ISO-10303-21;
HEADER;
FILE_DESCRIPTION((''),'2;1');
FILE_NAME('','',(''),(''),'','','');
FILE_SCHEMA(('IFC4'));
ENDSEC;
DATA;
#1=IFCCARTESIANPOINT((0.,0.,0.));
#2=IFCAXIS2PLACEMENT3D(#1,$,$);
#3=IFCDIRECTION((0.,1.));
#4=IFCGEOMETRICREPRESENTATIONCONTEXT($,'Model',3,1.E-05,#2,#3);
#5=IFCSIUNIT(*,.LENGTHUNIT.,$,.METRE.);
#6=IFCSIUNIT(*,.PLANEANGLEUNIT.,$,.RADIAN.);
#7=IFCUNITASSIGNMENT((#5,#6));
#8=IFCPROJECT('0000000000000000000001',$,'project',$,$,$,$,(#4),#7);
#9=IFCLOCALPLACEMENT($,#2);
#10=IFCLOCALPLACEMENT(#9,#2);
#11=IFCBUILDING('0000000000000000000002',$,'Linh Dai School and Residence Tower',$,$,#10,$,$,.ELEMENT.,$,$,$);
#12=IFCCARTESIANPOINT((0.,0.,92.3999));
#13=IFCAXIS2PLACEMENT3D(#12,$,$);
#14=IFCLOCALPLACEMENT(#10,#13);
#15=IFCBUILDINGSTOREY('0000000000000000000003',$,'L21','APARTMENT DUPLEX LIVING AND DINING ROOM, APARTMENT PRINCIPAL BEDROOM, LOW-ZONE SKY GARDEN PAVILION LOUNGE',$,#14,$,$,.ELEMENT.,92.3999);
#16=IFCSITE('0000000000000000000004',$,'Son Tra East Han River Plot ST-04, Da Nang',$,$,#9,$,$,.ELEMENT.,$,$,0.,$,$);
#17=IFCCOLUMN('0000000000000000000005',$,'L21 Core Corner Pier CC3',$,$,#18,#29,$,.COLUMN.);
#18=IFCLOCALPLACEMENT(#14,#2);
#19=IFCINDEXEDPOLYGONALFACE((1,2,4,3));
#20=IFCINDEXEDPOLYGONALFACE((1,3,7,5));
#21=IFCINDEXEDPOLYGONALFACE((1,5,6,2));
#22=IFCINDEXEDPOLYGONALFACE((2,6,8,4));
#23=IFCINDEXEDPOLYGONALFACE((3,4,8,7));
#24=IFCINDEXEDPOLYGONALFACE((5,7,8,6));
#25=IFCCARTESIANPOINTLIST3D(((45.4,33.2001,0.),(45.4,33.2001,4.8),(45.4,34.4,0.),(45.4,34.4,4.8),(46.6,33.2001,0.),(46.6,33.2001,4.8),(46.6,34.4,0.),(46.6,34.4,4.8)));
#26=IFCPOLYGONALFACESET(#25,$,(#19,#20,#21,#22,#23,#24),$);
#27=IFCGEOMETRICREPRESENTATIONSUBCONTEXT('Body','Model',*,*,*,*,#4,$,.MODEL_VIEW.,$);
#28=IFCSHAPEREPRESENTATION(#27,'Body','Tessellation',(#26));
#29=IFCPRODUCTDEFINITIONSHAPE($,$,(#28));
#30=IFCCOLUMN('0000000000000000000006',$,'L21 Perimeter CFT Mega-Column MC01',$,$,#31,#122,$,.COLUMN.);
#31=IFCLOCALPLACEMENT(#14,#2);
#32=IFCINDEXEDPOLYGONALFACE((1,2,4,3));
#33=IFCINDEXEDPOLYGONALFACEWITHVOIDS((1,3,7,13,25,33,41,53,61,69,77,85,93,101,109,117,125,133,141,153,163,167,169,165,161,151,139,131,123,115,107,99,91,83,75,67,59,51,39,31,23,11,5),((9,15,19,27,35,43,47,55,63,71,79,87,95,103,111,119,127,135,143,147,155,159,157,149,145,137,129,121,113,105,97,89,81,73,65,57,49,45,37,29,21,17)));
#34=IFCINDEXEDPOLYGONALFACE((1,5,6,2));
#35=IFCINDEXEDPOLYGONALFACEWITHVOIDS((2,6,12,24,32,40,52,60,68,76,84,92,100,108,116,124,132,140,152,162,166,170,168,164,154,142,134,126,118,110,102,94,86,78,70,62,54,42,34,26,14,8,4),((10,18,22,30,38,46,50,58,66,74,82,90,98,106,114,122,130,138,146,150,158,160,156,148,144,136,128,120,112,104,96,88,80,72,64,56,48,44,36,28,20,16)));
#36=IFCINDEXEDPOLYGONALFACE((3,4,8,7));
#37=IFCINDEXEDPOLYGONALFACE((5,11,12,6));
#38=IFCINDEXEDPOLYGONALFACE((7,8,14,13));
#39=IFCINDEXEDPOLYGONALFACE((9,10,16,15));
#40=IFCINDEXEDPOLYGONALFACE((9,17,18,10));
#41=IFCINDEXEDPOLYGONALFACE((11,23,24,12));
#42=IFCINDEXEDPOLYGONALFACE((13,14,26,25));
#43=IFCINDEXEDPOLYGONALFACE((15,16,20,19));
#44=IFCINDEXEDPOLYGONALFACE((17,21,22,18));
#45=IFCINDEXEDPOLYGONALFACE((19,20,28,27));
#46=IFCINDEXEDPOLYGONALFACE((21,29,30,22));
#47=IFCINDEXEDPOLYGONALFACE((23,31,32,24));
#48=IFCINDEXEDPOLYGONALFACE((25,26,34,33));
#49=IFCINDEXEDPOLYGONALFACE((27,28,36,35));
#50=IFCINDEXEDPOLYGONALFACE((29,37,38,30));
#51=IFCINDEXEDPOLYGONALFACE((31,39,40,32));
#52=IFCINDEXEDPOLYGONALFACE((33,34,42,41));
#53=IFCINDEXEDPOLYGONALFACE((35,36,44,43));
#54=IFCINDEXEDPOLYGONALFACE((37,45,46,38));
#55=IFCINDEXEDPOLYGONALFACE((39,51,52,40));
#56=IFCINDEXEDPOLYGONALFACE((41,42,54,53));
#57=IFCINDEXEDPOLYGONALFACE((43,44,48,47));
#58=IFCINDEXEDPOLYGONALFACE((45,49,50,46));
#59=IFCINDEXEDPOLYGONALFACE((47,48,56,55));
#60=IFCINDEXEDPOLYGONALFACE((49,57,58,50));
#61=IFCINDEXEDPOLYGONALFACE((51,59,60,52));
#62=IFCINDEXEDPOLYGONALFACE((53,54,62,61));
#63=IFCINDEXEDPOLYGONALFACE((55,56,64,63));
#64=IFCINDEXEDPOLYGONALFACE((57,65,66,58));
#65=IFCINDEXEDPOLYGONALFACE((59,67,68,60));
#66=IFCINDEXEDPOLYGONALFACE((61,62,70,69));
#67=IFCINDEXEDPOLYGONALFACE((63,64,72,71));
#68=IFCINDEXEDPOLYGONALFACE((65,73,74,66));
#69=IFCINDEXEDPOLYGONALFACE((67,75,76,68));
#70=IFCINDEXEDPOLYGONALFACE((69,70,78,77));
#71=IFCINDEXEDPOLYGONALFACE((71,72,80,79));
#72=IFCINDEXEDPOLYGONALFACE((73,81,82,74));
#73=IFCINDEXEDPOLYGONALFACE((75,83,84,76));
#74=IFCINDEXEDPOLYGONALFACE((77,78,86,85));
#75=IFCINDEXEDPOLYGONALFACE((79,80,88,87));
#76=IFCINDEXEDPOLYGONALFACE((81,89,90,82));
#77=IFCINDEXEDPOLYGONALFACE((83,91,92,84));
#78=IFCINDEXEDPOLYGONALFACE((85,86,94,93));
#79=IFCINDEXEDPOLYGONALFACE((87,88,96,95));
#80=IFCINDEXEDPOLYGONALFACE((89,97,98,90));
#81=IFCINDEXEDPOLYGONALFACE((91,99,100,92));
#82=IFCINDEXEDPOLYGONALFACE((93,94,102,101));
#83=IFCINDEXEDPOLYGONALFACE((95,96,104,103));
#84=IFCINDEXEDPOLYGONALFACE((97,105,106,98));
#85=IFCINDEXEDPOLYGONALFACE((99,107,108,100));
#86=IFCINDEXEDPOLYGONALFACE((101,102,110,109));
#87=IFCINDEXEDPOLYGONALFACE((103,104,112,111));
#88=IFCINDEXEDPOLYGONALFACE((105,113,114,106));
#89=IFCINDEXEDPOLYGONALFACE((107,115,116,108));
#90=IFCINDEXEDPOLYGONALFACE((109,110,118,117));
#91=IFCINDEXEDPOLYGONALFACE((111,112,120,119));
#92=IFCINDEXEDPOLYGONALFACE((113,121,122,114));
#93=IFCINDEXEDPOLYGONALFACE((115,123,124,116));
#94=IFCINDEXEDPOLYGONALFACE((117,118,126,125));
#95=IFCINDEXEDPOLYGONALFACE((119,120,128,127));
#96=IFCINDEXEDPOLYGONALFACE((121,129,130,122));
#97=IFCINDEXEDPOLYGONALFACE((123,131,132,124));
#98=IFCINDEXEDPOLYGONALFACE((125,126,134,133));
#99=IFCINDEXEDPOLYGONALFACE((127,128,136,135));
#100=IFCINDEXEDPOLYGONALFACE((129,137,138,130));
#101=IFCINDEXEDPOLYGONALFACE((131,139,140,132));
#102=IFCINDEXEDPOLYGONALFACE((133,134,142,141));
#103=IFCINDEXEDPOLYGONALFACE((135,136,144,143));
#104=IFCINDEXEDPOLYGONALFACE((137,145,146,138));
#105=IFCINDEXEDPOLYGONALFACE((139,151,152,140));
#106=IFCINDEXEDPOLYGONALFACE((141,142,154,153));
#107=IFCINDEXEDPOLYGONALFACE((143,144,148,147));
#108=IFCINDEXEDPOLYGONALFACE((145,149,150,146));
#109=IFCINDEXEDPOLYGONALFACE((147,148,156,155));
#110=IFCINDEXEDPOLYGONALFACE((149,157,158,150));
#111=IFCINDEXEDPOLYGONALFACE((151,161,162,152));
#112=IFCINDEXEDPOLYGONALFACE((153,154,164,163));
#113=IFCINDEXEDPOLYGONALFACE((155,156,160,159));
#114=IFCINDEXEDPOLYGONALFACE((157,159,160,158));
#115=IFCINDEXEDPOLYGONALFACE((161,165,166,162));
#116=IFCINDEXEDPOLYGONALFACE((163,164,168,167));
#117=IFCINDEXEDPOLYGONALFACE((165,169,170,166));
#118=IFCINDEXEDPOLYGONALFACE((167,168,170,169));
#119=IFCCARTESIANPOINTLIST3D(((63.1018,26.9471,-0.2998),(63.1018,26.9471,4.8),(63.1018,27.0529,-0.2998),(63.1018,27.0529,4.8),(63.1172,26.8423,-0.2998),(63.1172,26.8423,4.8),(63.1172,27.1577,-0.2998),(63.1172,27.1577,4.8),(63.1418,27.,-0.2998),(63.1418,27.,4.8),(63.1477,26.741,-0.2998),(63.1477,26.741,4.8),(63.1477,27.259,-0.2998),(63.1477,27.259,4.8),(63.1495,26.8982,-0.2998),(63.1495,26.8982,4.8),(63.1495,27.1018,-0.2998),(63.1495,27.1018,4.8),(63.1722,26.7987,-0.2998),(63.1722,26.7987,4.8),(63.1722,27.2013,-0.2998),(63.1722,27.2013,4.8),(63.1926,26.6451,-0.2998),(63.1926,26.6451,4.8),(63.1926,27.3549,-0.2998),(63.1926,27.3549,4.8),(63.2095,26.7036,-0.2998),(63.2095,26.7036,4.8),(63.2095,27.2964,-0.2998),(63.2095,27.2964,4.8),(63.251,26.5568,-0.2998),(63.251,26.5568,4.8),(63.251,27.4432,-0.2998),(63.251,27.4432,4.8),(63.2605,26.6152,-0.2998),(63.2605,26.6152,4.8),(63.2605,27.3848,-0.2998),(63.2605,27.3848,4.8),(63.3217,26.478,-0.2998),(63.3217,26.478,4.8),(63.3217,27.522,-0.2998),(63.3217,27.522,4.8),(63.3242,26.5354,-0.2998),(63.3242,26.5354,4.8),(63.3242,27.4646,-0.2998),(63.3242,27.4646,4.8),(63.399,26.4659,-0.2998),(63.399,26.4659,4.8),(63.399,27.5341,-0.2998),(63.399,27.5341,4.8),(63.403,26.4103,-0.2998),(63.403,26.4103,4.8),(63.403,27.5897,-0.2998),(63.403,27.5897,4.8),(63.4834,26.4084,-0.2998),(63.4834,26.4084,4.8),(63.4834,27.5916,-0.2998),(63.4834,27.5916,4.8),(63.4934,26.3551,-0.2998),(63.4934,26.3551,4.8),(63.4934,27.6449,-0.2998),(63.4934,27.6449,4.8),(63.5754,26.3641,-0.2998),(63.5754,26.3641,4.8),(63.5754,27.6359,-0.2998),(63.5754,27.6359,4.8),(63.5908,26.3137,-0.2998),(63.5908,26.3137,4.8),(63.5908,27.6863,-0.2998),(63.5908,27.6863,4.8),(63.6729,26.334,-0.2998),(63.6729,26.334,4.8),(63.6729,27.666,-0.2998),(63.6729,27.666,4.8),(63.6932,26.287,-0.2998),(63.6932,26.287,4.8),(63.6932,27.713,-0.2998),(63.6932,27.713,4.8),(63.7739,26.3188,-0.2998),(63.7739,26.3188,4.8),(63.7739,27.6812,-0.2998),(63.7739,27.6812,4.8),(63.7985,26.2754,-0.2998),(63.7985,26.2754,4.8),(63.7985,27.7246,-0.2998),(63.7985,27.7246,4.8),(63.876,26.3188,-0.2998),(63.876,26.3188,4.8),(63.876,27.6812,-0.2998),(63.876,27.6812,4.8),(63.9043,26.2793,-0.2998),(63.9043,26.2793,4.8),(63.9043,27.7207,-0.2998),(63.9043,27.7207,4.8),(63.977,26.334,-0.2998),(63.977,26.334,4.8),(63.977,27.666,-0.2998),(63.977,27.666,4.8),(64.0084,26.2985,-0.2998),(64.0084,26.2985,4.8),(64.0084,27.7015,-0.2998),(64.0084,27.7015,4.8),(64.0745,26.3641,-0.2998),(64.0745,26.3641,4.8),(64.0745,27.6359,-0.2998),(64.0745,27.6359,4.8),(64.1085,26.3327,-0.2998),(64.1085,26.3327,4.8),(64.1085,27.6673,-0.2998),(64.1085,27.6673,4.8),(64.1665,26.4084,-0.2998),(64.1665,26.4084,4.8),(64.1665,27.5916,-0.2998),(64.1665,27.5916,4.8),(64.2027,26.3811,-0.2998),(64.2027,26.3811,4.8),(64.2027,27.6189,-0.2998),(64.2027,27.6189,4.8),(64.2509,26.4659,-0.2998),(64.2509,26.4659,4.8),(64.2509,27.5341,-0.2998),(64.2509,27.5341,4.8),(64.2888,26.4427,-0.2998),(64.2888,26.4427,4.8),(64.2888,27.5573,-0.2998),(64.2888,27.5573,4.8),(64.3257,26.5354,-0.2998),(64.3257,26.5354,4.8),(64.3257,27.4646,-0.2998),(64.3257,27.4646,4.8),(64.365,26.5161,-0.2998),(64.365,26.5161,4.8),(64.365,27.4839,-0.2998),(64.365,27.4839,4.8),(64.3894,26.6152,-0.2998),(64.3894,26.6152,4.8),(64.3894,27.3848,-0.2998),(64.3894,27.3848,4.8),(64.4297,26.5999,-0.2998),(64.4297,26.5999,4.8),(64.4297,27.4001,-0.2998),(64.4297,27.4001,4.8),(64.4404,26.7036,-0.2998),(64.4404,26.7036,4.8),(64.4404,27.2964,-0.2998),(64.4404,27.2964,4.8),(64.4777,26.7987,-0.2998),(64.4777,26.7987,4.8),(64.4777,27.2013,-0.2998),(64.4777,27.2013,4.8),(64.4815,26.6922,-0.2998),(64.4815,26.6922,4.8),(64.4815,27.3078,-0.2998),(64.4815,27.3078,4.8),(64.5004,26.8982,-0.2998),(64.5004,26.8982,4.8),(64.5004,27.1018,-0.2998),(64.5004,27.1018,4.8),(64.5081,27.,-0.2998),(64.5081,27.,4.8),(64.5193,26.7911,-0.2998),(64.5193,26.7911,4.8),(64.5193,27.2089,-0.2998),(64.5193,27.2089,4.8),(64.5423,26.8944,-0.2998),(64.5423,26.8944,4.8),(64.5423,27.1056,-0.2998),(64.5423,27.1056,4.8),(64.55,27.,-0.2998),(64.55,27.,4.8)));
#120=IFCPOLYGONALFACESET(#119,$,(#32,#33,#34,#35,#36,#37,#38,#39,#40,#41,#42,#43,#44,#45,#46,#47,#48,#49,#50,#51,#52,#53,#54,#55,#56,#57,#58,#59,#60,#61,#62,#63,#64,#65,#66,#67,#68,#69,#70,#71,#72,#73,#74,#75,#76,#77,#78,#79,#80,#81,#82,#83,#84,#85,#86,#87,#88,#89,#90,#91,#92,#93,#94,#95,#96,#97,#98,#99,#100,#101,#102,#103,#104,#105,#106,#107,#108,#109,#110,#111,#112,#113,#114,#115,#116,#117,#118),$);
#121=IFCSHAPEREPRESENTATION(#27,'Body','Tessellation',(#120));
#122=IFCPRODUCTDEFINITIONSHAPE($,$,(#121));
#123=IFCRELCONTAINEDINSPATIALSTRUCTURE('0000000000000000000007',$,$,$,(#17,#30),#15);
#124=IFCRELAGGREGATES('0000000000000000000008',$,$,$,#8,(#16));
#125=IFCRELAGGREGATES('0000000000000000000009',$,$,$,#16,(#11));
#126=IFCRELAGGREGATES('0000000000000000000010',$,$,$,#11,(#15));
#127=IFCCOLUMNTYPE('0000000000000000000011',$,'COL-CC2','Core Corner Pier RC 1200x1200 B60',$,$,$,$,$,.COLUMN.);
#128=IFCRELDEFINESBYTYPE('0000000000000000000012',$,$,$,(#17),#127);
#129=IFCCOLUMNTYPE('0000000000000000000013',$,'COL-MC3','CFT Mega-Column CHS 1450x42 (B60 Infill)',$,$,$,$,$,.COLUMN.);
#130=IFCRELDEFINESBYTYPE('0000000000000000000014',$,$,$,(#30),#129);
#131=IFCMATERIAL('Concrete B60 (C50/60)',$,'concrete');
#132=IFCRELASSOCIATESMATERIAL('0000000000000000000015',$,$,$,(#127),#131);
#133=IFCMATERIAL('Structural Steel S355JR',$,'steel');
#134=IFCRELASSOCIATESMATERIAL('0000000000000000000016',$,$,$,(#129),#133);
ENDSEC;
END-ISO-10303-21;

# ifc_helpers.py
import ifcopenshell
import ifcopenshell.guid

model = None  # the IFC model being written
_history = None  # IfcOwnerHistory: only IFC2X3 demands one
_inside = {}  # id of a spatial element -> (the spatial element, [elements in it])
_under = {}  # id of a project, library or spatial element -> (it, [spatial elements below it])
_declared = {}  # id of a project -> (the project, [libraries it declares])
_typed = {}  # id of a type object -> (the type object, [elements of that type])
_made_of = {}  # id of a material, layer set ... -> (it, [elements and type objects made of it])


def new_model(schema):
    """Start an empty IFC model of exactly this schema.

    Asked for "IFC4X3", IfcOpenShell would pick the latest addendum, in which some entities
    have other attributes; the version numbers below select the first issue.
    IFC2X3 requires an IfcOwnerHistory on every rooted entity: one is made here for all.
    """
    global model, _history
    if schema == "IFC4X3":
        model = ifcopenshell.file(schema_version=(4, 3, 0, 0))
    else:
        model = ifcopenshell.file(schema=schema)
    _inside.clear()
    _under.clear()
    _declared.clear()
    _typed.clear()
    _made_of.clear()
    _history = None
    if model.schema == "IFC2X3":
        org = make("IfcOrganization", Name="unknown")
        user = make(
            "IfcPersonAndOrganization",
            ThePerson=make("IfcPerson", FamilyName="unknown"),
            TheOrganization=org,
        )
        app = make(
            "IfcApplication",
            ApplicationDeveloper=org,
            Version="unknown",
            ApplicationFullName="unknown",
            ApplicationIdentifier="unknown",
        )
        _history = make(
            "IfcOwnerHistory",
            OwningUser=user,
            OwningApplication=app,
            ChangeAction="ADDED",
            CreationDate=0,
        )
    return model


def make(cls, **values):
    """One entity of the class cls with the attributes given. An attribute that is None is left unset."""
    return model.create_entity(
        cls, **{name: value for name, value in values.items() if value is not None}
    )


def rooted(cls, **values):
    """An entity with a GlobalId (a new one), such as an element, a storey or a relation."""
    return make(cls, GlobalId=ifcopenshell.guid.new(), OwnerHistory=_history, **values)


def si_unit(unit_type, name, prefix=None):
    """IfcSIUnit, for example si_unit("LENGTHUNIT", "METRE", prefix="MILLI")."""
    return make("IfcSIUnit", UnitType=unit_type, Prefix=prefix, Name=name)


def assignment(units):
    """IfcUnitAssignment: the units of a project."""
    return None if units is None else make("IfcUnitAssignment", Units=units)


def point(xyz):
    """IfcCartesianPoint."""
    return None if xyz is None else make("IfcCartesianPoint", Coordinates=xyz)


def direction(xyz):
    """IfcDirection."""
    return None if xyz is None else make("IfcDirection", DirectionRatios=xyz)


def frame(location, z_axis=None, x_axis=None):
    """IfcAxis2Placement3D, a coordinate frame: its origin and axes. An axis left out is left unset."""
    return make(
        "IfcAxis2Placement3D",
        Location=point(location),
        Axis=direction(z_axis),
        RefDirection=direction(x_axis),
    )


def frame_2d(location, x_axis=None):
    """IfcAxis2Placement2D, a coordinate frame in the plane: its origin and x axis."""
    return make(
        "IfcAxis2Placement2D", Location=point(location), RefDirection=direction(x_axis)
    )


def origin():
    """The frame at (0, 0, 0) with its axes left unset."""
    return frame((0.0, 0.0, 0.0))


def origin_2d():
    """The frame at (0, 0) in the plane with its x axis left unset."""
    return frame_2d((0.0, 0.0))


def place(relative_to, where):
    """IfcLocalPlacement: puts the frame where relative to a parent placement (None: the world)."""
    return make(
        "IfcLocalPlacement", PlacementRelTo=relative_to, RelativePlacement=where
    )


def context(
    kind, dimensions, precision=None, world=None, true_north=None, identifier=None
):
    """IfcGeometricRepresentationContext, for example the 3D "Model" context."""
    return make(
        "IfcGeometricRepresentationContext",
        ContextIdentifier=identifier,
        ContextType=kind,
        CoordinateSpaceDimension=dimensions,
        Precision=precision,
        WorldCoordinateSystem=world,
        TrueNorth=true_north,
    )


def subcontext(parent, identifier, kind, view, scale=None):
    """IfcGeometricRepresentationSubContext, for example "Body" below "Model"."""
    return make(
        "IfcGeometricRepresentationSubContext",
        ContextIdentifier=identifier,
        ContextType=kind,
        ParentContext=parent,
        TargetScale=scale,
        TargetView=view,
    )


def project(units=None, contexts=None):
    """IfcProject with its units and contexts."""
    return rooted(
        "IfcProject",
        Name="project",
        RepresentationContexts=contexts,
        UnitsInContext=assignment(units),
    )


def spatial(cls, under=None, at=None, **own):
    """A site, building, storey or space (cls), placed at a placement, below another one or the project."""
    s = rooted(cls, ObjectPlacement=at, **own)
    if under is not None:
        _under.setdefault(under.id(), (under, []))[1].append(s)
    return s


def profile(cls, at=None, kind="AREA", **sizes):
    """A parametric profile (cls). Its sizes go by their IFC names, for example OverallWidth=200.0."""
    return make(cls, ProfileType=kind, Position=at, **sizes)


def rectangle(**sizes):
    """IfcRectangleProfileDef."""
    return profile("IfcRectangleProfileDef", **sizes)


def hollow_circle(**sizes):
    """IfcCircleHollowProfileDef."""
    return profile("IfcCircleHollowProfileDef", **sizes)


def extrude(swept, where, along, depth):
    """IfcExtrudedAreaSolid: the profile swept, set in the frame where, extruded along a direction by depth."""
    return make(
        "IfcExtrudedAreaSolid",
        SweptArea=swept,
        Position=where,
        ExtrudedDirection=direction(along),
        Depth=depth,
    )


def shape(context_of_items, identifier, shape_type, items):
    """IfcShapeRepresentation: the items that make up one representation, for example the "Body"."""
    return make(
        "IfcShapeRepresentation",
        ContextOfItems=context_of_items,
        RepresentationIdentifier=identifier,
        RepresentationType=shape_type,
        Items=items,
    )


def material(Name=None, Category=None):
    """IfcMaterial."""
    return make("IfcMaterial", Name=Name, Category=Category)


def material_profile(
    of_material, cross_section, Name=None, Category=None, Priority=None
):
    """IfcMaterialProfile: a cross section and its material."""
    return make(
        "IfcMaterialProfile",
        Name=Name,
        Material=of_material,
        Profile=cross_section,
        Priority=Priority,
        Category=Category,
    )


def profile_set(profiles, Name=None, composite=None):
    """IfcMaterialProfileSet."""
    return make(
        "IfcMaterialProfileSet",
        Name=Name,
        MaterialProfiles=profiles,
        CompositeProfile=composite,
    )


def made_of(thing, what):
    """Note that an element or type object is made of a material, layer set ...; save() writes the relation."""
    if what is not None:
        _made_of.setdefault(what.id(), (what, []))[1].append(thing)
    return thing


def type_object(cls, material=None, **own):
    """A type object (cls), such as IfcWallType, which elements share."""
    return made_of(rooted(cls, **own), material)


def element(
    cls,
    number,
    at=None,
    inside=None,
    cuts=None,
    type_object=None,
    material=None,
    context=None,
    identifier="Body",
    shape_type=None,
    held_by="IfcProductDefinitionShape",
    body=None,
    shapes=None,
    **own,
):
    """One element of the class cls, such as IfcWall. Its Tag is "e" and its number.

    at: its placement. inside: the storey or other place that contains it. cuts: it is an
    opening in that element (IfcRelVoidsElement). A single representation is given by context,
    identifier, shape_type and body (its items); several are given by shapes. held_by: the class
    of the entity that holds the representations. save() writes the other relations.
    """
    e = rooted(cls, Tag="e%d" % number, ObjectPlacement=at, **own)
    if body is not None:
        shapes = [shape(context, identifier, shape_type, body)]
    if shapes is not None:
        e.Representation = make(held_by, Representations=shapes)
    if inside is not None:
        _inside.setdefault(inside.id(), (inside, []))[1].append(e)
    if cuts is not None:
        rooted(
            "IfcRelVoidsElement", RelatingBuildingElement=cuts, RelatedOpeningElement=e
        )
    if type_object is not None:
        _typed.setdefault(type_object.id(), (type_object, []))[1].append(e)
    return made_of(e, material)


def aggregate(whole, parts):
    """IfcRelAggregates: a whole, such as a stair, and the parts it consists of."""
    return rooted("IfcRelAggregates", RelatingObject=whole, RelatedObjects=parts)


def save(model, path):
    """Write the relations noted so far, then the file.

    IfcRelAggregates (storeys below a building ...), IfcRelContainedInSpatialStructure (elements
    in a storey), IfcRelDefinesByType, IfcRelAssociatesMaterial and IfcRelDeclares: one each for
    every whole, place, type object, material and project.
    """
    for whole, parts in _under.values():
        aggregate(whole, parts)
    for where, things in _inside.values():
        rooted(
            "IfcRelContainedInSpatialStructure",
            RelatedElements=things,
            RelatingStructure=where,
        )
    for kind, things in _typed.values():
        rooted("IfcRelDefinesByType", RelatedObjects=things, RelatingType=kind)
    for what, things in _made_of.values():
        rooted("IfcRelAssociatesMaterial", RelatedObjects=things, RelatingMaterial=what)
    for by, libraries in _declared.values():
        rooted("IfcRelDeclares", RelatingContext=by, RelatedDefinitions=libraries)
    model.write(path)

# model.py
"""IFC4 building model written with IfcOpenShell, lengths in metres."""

from ifc_helpers import new_model, si_unit, direction, frame, origin, origin_2d, place, context, subcontext, project, spatial, rectangle, hollow_circle, extrude, material, material_profile, profile_set, type_object, element, save


model = new_model("IFC4")

# Units and contexts
model_context = context("Model", 3, precision=1e-05, world=origin(), true_north=direction((0.0, 1.0)))
body_context = subcontext(model_context, "Body", "Model", "MODEL_VIEW")
ifc_project = project(units=[si_unit("LENGTHUNIT", "METRE"), si_unit("PLANEANGLEUNIT", "RADIAN")], contexts=[model_context])

# Site, building, storey
site_placement = place(None, origin())
site = spatial("IfcSite", under=ifc_project, at=site_placement, Name="Son Tra East Han River Plot ST-04, Da Nang", CompositionType="ELEMENT", RefElevation=0.0)
building_placement = place(site_placement, origin())
building = spatial("IfcBuilding", under=site, at=building_placement, Name="Linh Dai School and Residence Tower", CompositionType="ELEMENT")
storey_placement = place(building_placement, frame((0.0, 0.0, 92.3999)))
storey = spatial("IfcBuildingStorey", under=building, at=storey_placement, Name="L21", Description="APARTMENT DUPLEX LIVING AND DINING ROOM, APARTMENT PRINCIPAL BEDROOM, LOW-ZONE SKY GARDEN PAVILION LOUNGE", CompositionType="ELEMENT", Elevation=92.3999)

# Columns
ifc_material_1 = material(Name="Concrete B60 (C50/60)", Category="concrete")
ifc_material_profile_1 = material_profile(ifc_material_1, rectangle(XDim=1.2, YDim=1.2, at=origin_2d()), Name="RC 1200x1200")
ifc_profile_set_1 = profile_set([ifc_material_profile_1], Name="Concrete B60 (C50/60)")
column_type_1 = type_object("IfcColumnType", Name="COL-CC2", Description="Core Corner Pier RC 1200x1200 B60", PredefinedType="COLUMN", material=ifc_profile_set_1)
column_placement = place(storey_placement, frame((46.0, 33.8, 0.0), z_axis=(0.0, 0.0, 1.0), x_axis=(1.0, 0.0, 0.0)))
element("IfcColumn", 1, at=column_placement, inside=storey, type_object=column_type_1, Name="L21 Core Corner Pier CC3", PredefinedType="COLUMN", context=body_context, shape_type="SweptSolid", body=[
    extrude(rectangle(XDim=1.2, YDim=1.2, at=origin_2d()), origin(), (0.0, 0.0, 1.0), 4.8),
])
ifc_material_2 = material(Name="Structural Steel S355JR", Category="steel")
ifc_material_profile_2 = material_profile(ifc_material_2, hollow_circle(Radius=0.7251, WallThickness=0.042, at=origin_2d()), Name="CHS 1450x42")
ifc_profile_set_2 = profile_set([ifc_material_profile_2], Name="Structural Steel S355JR")
column_type_2 = type_object("IfcColumnType", Name="COL-MC3", Description="CFT Mega-Column CHS 1450x42 (B60 Infill)", PredefinedType="COLUMN", material=ifc_profile_set_2)
for number, where, z_axis, x_axis, name in (
    (2, (63.825, 27.0, -0.2998), (0.0, 0.0, 1.0), (1.0, 0.0, 0.0), "L21 Perimeter CFT Mega-Column MC01"),
):
    element("IfcColumn", number, at=place(storey_placement, frame(where, z_axis=z_axis, x_axis=x_axis)), inside=storey, type_object=column_type_2, Name=name, PredefinedType="COLUMN", context=body_context, shape_type="SweptSolid", body=[
        extrude(hollow_circle(Radius=0.7251, WallThickness=0.042, at=origin_2d()), origin(), (0.0, 0.0, 1.0), 5.0999),
    ])

save(model, "model.ifc")
